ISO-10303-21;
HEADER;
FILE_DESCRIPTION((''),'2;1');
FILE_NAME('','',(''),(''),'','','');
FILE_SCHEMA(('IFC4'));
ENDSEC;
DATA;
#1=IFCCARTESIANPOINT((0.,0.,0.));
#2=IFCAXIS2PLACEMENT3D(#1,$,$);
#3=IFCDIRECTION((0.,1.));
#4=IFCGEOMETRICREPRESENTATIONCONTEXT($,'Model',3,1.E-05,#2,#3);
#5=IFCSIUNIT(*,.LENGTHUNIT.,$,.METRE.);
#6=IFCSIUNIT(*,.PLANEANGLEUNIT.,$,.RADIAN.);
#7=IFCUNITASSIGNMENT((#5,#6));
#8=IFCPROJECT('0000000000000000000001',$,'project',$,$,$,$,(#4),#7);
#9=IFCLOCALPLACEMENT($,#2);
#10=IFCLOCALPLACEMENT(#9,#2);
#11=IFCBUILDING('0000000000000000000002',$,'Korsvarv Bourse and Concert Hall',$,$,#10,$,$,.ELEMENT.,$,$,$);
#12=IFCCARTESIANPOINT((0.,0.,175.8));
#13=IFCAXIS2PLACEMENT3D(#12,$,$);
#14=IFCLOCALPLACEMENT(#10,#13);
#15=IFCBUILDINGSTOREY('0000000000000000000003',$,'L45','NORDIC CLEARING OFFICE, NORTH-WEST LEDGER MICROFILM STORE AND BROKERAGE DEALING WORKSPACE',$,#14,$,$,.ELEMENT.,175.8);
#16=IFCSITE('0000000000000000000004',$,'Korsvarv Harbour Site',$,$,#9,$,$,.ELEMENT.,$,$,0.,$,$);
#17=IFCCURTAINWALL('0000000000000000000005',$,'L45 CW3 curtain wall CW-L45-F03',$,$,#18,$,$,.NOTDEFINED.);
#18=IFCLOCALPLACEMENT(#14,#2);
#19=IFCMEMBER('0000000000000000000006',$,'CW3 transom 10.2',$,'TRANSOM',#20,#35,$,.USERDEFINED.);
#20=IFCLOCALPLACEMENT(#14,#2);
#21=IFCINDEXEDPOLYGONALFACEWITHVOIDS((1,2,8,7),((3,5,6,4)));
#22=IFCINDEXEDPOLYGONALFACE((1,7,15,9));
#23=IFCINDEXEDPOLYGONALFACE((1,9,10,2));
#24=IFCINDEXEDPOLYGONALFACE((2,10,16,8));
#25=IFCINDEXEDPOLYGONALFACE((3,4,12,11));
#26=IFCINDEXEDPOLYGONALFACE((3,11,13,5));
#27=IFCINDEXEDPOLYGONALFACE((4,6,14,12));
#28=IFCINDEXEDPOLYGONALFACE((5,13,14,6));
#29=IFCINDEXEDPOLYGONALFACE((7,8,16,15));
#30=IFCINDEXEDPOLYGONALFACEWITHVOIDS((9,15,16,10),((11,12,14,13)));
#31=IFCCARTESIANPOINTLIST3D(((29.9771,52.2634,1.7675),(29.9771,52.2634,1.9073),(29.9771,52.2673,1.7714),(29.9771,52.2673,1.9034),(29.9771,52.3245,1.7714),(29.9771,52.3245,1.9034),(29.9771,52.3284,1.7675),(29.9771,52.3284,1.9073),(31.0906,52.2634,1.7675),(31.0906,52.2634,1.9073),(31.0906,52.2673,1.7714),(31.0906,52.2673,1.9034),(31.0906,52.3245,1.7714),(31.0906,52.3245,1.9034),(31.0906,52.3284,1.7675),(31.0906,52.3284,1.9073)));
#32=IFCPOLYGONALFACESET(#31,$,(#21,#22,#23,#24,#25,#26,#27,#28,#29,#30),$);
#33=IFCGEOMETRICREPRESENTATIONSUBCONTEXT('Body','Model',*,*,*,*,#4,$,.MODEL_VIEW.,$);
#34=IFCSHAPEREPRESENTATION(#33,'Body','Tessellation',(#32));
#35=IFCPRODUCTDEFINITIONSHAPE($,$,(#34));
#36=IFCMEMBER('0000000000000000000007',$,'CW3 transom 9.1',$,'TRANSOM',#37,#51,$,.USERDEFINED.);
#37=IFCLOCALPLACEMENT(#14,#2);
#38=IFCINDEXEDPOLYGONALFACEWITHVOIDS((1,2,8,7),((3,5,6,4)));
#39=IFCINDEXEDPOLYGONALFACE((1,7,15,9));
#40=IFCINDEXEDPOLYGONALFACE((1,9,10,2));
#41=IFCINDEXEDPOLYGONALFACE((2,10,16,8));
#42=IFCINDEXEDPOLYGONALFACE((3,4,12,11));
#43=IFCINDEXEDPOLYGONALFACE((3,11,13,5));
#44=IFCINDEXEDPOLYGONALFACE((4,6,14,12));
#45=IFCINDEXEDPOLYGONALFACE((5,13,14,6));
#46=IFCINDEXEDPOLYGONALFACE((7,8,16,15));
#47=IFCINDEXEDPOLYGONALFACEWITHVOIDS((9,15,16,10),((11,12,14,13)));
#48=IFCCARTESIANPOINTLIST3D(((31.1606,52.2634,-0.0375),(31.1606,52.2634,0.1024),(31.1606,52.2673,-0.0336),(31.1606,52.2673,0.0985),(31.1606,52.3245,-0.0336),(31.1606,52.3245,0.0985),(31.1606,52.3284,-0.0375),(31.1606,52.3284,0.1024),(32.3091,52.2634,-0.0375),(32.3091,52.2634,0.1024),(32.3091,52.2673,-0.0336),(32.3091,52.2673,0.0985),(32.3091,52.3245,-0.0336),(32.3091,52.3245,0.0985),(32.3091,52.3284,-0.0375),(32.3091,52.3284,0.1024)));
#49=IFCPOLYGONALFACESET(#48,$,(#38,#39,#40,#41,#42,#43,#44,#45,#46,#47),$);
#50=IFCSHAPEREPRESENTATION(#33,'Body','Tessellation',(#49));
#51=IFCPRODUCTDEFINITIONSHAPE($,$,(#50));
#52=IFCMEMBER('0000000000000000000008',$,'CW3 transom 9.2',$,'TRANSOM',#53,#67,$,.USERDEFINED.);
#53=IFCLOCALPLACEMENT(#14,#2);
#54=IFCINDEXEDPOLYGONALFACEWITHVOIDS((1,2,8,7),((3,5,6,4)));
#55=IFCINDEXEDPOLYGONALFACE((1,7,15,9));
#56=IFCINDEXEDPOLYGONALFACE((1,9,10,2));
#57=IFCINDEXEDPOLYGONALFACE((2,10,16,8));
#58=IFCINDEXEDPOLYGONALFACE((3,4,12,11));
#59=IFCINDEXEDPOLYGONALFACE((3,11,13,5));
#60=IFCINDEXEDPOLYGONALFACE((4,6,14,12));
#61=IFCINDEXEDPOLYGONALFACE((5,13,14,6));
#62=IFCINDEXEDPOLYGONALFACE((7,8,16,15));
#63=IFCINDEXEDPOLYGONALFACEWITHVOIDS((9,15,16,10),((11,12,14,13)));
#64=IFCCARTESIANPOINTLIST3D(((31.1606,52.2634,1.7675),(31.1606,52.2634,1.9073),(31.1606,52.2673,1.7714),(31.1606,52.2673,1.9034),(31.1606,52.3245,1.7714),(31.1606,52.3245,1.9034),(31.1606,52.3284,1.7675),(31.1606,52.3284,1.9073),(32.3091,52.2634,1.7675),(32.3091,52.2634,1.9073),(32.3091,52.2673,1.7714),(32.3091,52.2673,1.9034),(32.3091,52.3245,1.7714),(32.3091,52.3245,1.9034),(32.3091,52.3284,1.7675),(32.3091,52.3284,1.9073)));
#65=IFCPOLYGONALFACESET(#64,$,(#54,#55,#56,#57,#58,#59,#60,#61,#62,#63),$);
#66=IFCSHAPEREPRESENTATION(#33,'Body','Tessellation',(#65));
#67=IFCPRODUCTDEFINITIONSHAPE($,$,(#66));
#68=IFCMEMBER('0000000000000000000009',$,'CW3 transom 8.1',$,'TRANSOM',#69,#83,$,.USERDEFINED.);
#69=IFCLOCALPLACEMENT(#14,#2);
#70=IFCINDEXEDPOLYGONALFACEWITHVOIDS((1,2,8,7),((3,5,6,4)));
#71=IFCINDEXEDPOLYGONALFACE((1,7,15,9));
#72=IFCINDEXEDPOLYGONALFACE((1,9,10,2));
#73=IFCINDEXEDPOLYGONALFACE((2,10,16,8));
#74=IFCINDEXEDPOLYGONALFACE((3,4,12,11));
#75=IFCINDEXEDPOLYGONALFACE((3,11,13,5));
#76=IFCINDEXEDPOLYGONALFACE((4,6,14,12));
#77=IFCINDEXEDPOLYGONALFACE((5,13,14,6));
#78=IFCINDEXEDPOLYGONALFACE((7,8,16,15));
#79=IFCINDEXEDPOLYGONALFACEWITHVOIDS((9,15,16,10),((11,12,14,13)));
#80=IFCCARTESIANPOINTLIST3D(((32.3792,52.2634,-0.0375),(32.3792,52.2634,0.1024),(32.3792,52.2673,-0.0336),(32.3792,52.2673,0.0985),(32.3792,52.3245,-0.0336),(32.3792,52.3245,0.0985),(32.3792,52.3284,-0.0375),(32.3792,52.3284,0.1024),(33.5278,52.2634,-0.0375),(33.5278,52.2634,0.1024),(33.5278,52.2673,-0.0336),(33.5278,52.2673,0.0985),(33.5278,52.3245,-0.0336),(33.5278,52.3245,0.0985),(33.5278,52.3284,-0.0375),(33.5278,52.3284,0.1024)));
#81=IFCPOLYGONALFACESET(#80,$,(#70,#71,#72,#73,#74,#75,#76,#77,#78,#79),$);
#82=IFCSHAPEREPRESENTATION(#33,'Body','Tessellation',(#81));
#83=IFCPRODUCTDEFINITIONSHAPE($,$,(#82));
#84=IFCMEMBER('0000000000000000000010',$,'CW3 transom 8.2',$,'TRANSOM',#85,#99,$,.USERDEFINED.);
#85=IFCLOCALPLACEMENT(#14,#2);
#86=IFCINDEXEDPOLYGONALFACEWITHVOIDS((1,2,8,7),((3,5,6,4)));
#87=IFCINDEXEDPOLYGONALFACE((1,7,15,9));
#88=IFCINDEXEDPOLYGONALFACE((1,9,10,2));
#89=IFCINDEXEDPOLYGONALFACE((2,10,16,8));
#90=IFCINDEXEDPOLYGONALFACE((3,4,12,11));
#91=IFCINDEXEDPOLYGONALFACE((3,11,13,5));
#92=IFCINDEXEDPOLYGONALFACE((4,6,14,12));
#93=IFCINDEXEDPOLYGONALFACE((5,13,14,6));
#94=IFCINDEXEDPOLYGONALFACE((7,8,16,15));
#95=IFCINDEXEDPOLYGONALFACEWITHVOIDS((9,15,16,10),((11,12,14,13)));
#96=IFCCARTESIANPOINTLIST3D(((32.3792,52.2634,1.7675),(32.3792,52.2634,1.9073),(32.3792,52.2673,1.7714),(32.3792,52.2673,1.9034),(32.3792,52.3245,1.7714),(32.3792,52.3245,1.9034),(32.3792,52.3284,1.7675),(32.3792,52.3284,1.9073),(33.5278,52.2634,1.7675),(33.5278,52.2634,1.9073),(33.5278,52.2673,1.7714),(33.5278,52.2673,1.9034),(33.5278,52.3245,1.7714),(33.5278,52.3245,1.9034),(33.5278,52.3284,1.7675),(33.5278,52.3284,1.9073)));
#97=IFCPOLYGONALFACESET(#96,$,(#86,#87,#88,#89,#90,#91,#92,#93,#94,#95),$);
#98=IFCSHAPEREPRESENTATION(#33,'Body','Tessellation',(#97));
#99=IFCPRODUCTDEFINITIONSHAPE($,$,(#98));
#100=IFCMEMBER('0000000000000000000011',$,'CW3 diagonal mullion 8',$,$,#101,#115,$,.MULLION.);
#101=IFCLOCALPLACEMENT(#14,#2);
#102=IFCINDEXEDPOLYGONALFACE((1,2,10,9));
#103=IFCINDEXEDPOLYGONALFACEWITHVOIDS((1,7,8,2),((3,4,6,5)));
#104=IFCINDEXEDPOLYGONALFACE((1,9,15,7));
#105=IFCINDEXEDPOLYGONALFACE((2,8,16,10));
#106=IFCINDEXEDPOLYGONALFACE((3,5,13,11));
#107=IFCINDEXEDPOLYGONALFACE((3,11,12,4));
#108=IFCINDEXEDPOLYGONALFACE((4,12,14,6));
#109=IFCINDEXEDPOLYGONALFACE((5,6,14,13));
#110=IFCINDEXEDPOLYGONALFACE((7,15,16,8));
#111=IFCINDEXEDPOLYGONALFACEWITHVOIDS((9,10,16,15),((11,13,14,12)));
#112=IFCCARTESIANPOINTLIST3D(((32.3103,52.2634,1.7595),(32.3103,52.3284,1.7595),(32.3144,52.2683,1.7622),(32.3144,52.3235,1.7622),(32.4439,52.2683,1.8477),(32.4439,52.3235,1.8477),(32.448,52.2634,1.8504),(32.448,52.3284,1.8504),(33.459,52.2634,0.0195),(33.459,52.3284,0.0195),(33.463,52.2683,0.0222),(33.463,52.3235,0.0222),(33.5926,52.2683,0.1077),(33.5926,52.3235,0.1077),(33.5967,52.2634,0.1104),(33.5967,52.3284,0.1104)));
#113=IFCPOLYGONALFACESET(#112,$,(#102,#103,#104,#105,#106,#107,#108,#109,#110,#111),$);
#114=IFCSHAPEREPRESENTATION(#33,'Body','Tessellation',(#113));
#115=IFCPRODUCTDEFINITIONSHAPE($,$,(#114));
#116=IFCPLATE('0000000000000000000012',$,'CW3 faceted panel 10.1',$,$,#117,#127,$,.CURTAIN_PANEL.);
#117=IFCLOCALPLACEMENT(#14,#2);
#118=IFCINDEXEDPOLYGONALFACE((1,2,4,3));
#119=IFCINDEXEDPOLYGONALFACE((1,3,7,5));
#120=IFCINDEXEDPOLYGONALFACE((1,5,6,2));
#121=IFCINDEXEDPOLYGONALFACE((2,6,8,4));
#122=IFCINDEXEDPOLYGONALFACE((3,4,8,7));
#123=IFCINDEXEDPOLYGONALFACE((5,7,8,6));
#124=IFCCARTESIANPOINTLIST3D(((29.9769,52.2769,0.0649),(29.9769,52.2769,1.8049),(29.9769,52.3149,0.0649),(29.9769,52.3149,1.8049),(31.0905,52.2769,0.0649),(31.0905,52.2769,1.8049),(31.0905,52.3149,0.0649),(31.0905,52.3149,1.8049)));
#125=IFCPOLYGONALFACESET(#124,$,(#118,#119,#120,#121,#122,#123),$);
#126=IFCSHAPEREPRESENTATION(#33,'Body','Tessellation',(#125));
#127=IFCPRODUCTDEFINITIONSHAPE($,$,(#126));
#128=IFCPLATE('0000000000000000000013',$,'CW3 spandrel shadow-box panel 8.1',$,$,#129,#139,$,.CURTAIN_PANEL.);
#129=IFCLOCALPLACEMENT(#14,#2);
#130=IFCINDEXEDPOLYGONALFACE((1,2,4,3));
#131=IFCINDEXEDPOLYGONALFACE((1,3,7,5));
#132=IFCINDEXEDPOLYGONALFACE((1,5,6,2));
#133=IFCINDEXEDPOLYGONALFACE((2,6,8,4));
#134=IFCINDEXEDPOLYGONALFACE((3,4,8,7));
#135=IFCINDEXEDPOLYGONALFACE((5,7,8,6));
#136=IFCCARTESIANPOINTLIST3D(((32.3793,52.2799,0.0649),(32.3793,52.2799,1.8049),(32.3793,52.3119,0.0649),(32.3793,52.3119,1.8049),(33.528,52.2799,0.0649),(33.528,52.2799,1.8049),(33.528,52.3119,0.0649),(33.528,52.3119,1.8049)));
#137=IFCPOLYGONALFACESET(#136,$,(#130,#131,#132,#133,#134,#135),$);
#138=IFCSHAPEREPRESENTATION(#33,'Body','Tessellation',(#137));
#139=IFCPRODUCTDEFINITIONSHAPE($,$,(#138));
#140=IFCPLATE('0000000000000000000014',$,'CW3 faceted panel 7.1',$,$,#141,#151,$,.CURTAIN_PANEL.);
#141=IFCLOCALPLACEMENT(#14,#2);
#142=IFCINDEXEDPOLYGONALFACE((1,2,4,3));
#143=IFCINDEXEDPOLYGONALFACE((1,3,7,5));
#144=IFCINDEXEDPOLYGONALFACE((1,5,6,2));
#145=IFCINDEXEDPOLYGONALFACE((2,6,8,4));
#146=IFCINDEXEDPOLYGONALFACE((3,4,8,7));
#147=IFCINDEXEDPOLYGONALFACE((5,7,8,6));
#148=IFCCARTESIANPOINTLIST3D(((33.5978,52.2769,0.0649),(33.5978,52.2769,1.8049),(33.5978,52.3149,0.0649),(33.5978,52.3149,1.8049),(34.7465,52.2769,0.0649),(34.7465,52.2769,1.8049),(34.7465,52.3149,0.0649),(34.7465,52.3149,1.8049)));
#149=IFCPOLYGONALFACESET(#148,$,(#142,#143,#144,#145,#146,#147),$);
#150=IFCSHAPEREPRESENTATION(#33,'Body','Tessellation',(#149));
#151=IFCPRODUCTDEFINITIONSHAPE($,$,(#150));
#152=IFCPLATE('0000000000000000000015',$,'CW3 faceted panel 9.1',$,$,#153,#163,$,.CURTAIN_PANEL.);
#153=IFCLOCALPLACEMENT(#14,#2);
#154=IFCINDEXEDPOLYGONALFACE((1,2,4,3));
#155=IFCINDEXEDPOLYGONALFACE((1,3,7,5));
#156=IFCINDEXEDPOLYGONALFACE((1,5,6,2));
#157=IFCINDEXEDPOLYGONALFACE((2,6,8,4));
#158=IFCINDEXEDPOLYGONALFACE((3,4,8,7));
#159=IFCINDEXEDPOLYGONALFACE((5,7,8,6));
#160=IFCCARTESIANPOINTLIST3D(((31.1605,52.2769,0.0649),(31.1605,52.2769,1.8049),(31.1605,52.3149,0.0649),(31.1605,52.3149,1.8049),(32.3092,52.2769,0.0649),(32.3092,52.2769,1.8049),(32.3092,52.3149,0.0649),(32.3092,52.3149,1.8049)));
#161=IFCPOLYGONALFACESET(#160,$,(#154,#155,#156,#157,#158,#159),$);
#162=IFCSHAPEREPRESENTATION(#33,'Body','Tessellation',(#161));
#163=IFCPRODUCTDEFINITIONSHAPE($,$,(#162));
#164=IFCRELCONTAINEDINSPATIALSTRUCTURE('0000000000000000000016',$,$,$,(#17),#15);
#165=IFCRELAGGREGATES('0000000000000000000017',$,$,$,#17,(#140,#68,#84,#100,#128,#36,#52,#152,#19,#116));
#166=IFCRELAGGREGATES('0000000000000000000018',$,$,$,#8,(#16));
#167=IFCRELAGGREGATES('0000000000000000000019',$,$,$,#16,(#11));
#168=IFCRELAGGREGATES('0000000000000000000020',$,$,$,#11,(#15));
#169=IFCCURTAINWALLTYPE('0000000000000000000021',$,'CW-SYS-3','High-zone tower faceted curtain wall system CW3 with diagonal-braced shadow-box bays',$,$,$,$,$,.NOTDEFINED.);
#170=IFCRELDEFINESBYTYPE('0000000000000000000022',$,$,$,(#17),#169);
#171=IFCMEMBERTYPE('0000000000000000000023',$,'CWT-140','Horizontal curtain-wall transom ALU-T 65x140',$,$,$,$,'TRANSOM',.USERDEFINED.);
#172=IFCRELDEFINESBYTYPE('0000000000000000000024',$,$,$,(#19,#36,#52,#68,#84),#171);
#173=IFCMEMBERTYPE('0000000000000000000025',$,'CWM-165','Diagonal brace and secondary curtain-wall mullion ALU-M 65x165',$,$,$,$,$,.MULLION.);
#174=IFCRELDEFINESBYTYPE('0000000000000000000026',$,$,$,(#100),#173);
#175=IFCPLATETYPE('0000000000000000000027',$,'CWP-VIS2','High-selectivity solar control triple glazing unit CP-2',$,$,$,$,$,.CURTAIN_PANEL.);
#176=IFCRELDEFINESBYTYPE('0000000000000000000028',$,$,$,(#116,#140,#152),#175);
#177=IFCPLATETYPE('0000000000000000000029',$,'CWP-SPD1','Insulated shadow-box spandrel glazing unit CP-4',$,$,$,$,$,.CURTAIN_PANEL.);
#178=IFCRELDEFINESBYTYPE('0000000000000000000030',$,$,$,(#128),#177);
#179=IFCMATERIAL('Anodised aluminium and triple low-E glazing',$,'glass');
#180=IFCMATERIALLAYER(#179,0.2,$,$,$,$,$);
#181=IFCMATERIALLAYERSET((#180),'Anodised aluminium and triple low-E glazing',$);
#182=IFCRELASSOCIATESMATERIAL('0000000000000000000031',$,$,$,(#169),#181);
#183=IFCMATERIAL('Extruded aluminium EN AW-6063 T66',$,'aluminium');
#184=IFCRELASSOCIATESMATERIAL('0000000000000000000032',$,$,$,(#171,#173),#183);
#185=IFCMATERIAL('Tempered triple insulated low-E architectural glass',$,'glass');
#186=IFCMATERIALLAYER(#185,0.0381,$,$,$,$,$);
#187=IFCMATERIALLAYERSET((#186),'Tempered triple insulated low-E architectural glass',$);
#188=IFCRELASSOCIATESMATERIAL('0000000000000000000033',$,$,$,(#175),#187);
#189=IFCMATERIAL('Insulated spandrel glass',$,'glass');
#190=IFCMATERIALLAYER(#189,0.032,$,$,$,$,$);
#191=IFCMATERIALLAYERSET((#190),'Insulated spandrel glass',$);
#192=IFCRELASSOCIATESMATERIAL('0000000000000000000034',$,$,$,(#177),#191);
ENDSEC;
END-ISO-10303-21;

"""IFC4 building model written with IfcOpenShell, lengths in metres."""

from ifc_helpers import new_model, si_unit, direction, frame, origin, origin_2d, place, context, subcontext, project, spatial, rectangle, hollow_rectangle, extrude, source, transform, mapped, material, layer, layer_set, material_profile, profile_set, type_object, element, aggregate, save


model = new_model("IFC4")

# Units and contexts
model_context = context("Model", 3, precision=1e-05, world=origin(), true_north=direction((0.0, 1.0)))
body_context = subcontext(model_context, "Body", "Model", "MODEL_VIEW")
ifc_project = project(units=[si_unit("LENGTHUNIT", "METRE"), si_unit("PLANEANGLEUNIT", "RADIAN")], contexts=[model_context])

# Site, building, storey
site_placement = place(None, origin())
site = spatial("IfcSite", under=ifc_project, at=site_placement, Name="Korsvarv Harbour Site", CompositionType="ELEMENT", RefElevation=0.0)
building_placement = place(site_placement, origin())
building = spatial("IfcBuilding", under=site, at=building_placement, Name="Korsvarv Bourse and Concert Hall", CompositionType="ELEMENT")
storey_placement = place(building_placement, frame((0.0, 0.0, 175.8)))
storey = spatial("IfcBuildingStorey", under=building, at=storey_placement, Name="L45", Description="NORDIC CLEARING OFFICE, NORTH-WEST LEDGER MICROFILM STORE AND BROKERAGE DEALING WORKSPACE", CompositionType="ELEMENT", Elevation=175.8)

# Curtain wall, members, plates
ifc_material_1 = material(Name="Anodised aluminium and triple low-E glazing", Category="glass")
ifc_layer_1 = layer(ifc_material_1, 0.2)
ifc_layer_set_1 = layer_set([ifc_layer_1], Name="Anodised aluminium and triple low-E glazing")
curtain_wall_type = type_object("IfcCurtainWallType", Name="CW-SYS-3", Description="High-zone tower faceted curtain wall system CW3 with diagonal-braced shadow-box bays", PredefinedType="NOTDEFINED", material=ifc_layer_set_1)
curtain_wall_placement = place(storey_placement, origin())
curtain_wall = element("IfcCurtainWall", 1, at=curtain_wall_placement, inside=storey, type_object=curtain_wall_type, Name="L45 CW3 curtain wall CW-L45-F03", PredefinedType="NOTDEFINED")
ifc_material_2 = material(Name="Extruded aluminium EN AW-6063 T66", Category="aluminium")
ifc_material_profile_1 = material_profile(ifc_material_2, hollow_rectangle(XDim=0.0649, YDim=0.1399, WallThickness=0.0039, at=origin_2d()), Name="ALU-T 65x140")
ifc_profile_set_1 = profile_set([ifc_material_profile_1], Name="Extruded aluminium EN AW-6063 T66")
member_type_1 = type_object("IfcMemberType", Name="CWT-140", Description="Horizontal curtain-wall transom ALU-T 65x140", ElementType="TRANSOM", PredefinedType="USERDEFINED", material=ifc_profile_set_1)
shared_shape_1 = source(origin(), body_context, "Body", "SweptSolid", [
    extrude(hollow_rectangle(XDim=0.0649, YDim=0.1399, WallThickness=0.0039, at=origin_2d()), origin(), (0.0, 0.0, 1.0), 1.1135),
])
member_1_placement = place(storey_placement, frame((31.0906, 52.2959, 1.8374), z_axis=(-1.0, 0.0, 0.0), x_axis=(0.0, -1.0, 0.0)))
member_1 = element("IfcMember", 2, at=member_1_placement, type_object=member_type_1, Name="CW3 transom 10.2", ObjectType="TRANSOM", PredefinedType="USERDEFINED", context=body_context, shape_type="MappedRepresentation", body=[
    mapped(shared_shape_1, transform((0.0, 0.0, 0.0), scale=1.0)),
])
shared_shape_2 = source(origin(), body_context, "Body", "SweptSolid", [
    extrude(hollow_rectangle(XDim=0.0649, YDim=0.1399, WallThickness=0.0039, at=origin_2d()), origin(), (0.0, 0.0, 1.0), 1.1484),
])
member_2_placement = place(storey_placement, frame((32.3091, 52.2959, 0.0325), z_axis=(-1.0, 0.0, 0.0), x_axis=(0.0, -1.0, 0.0)))
member_2 = element("IfcMember", 3, at=member_2_placement, type_object=member_type_1, Name="CW3 transom 9.1", ObjectType="TRANSOM", PredefinedType="USERDEFINED", context=body_context, shape_type="MappedRepresentation", body=[
    mapped(shared_shape_2, transform((0.0, 0.0, 0.0), scale=1.0)),
])
member_3_placement = place(storey_placement, frame((32.3091, 52.2959, 1.8374), z_axis=(-1.0, 0.0, 0.0), x_axis=(0.0, -1.0, 0.0)))
member_3 = element("IfcMember", 4, at=member_3_placement, type_object=member_type_1, Name="CW3 transom 9.2", ObjectType="TRANSOM", PredefinedType="USERDEFINED", context=body_context, shape_type="MappedRepresentation", body=[
    mapped(shared_shape_2, transform((0.0, 0.0, 0.0), scale=1.0)),
])
shared_shape_3 = source(origin(), body_context, "Body", "SweptSolid", [
    extrude(hollow_rectangle(XDim=0.0649, YDim=0.1399, WallThickness=0.0039, at=origin_2d()), origin(), (0.0, 0.0, 1.0), 1.1487),
])
member_4_placement = place(storey_placement, frame((33.5278, 52.2959, 0.0325), z_axis=(-1.0, 0.0, 0.0), x_axis=(0.0, -1.0, 0.0)))
member_4 = element("IfcMember", 5, at=member_4_placement, type_object=member_type_1, Name="CW3 transom 8.1", ObjectType="TRANSOM", PredefinedType="USERDEFINED", context=body_context, shape_type="MappedRepresentation", body=[
    mapped(shared_shape_3, transform((0.0, 0.0, 0.0), scale=1.0)),
])
member_5_placement = place(storey_placement, frame((33.5278, 52.2959, 1.8374), z_axis=(-1.0, 0.0, 0.0), x_axis=(0.0, -1.0, 0.0)))
member_5 = element("IfcMember", 6, at=member_5_placement, type_object=member_type_1, Name="CW3 transom 8.2", ObjectType="TRANSOM", PredefinedType="USERDEFINED", context=body_context, shape_type="MappedRepresentation", body=[
    mapped(shared_shape_3, transform((0.0, 0.0, 0.0), scale=1.0)),
])
ifc_material_profile_2 = material_profile(ifc_material_2, hollow_rectangle(XDim=0.0649, YDim=0.165, WallThickness=0.0049, at=origin_2d()), Name="ALU-M 65x165")
ifc_profile_set_2 = profile_set([ifc_material_profile_2], Name="Extruded aluminium EN AW-6063 T66")
member_type_2 = type_object("IfcMemberType", Name="CWM-165", Description="Diagonal brace and secondary curtain-wall mullion ALU-M 65x165", PredefinedType="MULLION", material=ifc_profile_set_2)
shared_shape_4 = source(origin(), body_context, "Body", "SweptSolid", [
    extrude(hollow_rectangle(XDim=0.0649, YDim=0.165, WallThickness=0.0049, at=origin_2d()), origin(), (0.0, 0.0, 1.0), 2.085),
])
member_6_placement = place(storey_placement, frame((33.5278, 52.2959, 0.0649), z_axis=(-0.550938, 0.0, 0.834546), x_axis=(0.0, -1.0, 0.0)))
member_6 = element("IfcMember", 7, at=member_6_placement, type_object=member_type_2, Name="CW3 diagonal mullion 8", PredefinedType="MULLION", context=body_context, shape_type="MappedRepresentation", body=[
    mapped(shared_shape_4, transform((0.0, 0.0, 0.0), scale=1.0)),
])
ifc_material_3 = material(Name="Tempered triple insulated low-E architectural glass", Category="glass")
ifc_layer_2 = layer(ifc_material_3, 0.0381)
ifc_layer_set_2 = layer_set([ifc_layer_2], Name="Tempered triple insulated low-E architectural glass")
plate_type_1 = type_object("IfcPlateType", Name="CWP-VIS2", Description="High-selectivity solar control triple glazing unit CP-2", PredefinedType="CURTAIN_PANEL", material=ifc_layer_set_2)
shared_shape_5 = source(origin(), body_context, "Body", "SweptSolid", [
    extrude(rectangle(XDim=1.1135, YDim=0.0381, at=origin_2d()), origin(), (0.0, 0.0, 1.0), 1.74),
])
plate_1_placement = place(storey_placement, frame((30.5337, 52.2959, 0.0649), z_axis=(0.0, 0.0, 1.0), x_axis=(-1.0, 0.0, 0.0)))
plate_1 = element("IfcPlate", 8, at=plate_1_placement, type_object=plate_type_1, Name="CW3 faceted panel 10.1", PredefinedType="CURTAIN_PANEL", context=body_context, shape_type="MappedRepresentation", body=[
    mapped(shared_shape_5, transform((0.0, 0.0, 0.0), scale=1.0)),
])
ifc_material_4 = material(Name="Insulated spandrel glass", Category="glass")
ifc_layer_3 = layer(ifc_material_4, 0.032)
ifc_layer_set_3 = layer_set([ifc_layer_3], Name="Insulated spandrel glass")
plate_type_2 = type_object("IfcPlateType", Name="CWP-SPD1", Description="Insulated shadow-box spandrel glazing unit CP-4", PredefinedType="CURTAIN_PANEL", material=ifc_layer_set_3)
shared_shape_6 = source(origin(), body_context, "Body", "SweptSolid", [
    extrude(rectangle(XDim=1.1487, YDim=0.032, at=origin_2d()), origin(), (0.0, 0.0, 1.0), 1.74),
])
plate_2_placement = place(storey_placement, frame((32.9536, 52.2959, 0.0649), z_axis=(0.0, 0.0, 1.0), x_axis=(-1.0, 0.0, 0.0)))
plate_2 = element("IfcPlate", 9, at=plate_2_placement, type_object=plate_type_2, Name="CW3 spandrel shadow-box panel 8.1", PredefinedType="CURTAIN_PANEL", context=body_context, shape_type="MappedRepresentation", body=[
    mapped(shared_shape_6, transform((0.0, 0.0, 0.0), scale=1.0)),
])
shared_shape_7 = source(origin(), body_context, "Body", "SweptSolid", [
    extrude(rectangle(XDim=1.1487, YDim=0.0381, at=origin_2d()), origin(), (0.0, 0.0, 1.0), 1.74),
])
plate_3_placement = place(storey_placement, frame((34.1721, 52.2959, 0.0649), z_axis=(0.0, 0.0, 1.0), x_axis=(-1.0, 0.0, 0.0)))
plate_3 = element("IfcPlate", 10, at=plate_3_placement, type_object=plate_type_1, Name="CW3 faceted panel 7.1", PredefinedType="CURTAIN_PANEL", context=body_context, shape_type="MappedRepresentation", body=[
    mapped(shared_shape_7, transform((0.0, 0.0, 0.0), scale=1.0)),
])
plate_4_placement = place(storey_placement, frame((31.7349, 52.2959, 0.0649), z_axis=(0.0, 0.0, 1.0), x_axis=(-1.0, 0.0, 0.0)))
plate_4 = element("IfcPlate", 11, at=plate_4_placement, type_object=plate_type_1, Name="CW3 faceted panel 9.1", PredefinedType="CURTAIN_PANEL", context=body_context, shape_type="MappedRepresentation", body=[
    mapped(shared_shape_7, transform((0.0, 0.0, 0.0), scale=1.0)),
])
aggregate(curtain_wall, [plate_3, member_4, member_5, member_6, plate_2, member_2, member_3, plate_4, member_1, plate_1])

save(model, "model.ifc")
